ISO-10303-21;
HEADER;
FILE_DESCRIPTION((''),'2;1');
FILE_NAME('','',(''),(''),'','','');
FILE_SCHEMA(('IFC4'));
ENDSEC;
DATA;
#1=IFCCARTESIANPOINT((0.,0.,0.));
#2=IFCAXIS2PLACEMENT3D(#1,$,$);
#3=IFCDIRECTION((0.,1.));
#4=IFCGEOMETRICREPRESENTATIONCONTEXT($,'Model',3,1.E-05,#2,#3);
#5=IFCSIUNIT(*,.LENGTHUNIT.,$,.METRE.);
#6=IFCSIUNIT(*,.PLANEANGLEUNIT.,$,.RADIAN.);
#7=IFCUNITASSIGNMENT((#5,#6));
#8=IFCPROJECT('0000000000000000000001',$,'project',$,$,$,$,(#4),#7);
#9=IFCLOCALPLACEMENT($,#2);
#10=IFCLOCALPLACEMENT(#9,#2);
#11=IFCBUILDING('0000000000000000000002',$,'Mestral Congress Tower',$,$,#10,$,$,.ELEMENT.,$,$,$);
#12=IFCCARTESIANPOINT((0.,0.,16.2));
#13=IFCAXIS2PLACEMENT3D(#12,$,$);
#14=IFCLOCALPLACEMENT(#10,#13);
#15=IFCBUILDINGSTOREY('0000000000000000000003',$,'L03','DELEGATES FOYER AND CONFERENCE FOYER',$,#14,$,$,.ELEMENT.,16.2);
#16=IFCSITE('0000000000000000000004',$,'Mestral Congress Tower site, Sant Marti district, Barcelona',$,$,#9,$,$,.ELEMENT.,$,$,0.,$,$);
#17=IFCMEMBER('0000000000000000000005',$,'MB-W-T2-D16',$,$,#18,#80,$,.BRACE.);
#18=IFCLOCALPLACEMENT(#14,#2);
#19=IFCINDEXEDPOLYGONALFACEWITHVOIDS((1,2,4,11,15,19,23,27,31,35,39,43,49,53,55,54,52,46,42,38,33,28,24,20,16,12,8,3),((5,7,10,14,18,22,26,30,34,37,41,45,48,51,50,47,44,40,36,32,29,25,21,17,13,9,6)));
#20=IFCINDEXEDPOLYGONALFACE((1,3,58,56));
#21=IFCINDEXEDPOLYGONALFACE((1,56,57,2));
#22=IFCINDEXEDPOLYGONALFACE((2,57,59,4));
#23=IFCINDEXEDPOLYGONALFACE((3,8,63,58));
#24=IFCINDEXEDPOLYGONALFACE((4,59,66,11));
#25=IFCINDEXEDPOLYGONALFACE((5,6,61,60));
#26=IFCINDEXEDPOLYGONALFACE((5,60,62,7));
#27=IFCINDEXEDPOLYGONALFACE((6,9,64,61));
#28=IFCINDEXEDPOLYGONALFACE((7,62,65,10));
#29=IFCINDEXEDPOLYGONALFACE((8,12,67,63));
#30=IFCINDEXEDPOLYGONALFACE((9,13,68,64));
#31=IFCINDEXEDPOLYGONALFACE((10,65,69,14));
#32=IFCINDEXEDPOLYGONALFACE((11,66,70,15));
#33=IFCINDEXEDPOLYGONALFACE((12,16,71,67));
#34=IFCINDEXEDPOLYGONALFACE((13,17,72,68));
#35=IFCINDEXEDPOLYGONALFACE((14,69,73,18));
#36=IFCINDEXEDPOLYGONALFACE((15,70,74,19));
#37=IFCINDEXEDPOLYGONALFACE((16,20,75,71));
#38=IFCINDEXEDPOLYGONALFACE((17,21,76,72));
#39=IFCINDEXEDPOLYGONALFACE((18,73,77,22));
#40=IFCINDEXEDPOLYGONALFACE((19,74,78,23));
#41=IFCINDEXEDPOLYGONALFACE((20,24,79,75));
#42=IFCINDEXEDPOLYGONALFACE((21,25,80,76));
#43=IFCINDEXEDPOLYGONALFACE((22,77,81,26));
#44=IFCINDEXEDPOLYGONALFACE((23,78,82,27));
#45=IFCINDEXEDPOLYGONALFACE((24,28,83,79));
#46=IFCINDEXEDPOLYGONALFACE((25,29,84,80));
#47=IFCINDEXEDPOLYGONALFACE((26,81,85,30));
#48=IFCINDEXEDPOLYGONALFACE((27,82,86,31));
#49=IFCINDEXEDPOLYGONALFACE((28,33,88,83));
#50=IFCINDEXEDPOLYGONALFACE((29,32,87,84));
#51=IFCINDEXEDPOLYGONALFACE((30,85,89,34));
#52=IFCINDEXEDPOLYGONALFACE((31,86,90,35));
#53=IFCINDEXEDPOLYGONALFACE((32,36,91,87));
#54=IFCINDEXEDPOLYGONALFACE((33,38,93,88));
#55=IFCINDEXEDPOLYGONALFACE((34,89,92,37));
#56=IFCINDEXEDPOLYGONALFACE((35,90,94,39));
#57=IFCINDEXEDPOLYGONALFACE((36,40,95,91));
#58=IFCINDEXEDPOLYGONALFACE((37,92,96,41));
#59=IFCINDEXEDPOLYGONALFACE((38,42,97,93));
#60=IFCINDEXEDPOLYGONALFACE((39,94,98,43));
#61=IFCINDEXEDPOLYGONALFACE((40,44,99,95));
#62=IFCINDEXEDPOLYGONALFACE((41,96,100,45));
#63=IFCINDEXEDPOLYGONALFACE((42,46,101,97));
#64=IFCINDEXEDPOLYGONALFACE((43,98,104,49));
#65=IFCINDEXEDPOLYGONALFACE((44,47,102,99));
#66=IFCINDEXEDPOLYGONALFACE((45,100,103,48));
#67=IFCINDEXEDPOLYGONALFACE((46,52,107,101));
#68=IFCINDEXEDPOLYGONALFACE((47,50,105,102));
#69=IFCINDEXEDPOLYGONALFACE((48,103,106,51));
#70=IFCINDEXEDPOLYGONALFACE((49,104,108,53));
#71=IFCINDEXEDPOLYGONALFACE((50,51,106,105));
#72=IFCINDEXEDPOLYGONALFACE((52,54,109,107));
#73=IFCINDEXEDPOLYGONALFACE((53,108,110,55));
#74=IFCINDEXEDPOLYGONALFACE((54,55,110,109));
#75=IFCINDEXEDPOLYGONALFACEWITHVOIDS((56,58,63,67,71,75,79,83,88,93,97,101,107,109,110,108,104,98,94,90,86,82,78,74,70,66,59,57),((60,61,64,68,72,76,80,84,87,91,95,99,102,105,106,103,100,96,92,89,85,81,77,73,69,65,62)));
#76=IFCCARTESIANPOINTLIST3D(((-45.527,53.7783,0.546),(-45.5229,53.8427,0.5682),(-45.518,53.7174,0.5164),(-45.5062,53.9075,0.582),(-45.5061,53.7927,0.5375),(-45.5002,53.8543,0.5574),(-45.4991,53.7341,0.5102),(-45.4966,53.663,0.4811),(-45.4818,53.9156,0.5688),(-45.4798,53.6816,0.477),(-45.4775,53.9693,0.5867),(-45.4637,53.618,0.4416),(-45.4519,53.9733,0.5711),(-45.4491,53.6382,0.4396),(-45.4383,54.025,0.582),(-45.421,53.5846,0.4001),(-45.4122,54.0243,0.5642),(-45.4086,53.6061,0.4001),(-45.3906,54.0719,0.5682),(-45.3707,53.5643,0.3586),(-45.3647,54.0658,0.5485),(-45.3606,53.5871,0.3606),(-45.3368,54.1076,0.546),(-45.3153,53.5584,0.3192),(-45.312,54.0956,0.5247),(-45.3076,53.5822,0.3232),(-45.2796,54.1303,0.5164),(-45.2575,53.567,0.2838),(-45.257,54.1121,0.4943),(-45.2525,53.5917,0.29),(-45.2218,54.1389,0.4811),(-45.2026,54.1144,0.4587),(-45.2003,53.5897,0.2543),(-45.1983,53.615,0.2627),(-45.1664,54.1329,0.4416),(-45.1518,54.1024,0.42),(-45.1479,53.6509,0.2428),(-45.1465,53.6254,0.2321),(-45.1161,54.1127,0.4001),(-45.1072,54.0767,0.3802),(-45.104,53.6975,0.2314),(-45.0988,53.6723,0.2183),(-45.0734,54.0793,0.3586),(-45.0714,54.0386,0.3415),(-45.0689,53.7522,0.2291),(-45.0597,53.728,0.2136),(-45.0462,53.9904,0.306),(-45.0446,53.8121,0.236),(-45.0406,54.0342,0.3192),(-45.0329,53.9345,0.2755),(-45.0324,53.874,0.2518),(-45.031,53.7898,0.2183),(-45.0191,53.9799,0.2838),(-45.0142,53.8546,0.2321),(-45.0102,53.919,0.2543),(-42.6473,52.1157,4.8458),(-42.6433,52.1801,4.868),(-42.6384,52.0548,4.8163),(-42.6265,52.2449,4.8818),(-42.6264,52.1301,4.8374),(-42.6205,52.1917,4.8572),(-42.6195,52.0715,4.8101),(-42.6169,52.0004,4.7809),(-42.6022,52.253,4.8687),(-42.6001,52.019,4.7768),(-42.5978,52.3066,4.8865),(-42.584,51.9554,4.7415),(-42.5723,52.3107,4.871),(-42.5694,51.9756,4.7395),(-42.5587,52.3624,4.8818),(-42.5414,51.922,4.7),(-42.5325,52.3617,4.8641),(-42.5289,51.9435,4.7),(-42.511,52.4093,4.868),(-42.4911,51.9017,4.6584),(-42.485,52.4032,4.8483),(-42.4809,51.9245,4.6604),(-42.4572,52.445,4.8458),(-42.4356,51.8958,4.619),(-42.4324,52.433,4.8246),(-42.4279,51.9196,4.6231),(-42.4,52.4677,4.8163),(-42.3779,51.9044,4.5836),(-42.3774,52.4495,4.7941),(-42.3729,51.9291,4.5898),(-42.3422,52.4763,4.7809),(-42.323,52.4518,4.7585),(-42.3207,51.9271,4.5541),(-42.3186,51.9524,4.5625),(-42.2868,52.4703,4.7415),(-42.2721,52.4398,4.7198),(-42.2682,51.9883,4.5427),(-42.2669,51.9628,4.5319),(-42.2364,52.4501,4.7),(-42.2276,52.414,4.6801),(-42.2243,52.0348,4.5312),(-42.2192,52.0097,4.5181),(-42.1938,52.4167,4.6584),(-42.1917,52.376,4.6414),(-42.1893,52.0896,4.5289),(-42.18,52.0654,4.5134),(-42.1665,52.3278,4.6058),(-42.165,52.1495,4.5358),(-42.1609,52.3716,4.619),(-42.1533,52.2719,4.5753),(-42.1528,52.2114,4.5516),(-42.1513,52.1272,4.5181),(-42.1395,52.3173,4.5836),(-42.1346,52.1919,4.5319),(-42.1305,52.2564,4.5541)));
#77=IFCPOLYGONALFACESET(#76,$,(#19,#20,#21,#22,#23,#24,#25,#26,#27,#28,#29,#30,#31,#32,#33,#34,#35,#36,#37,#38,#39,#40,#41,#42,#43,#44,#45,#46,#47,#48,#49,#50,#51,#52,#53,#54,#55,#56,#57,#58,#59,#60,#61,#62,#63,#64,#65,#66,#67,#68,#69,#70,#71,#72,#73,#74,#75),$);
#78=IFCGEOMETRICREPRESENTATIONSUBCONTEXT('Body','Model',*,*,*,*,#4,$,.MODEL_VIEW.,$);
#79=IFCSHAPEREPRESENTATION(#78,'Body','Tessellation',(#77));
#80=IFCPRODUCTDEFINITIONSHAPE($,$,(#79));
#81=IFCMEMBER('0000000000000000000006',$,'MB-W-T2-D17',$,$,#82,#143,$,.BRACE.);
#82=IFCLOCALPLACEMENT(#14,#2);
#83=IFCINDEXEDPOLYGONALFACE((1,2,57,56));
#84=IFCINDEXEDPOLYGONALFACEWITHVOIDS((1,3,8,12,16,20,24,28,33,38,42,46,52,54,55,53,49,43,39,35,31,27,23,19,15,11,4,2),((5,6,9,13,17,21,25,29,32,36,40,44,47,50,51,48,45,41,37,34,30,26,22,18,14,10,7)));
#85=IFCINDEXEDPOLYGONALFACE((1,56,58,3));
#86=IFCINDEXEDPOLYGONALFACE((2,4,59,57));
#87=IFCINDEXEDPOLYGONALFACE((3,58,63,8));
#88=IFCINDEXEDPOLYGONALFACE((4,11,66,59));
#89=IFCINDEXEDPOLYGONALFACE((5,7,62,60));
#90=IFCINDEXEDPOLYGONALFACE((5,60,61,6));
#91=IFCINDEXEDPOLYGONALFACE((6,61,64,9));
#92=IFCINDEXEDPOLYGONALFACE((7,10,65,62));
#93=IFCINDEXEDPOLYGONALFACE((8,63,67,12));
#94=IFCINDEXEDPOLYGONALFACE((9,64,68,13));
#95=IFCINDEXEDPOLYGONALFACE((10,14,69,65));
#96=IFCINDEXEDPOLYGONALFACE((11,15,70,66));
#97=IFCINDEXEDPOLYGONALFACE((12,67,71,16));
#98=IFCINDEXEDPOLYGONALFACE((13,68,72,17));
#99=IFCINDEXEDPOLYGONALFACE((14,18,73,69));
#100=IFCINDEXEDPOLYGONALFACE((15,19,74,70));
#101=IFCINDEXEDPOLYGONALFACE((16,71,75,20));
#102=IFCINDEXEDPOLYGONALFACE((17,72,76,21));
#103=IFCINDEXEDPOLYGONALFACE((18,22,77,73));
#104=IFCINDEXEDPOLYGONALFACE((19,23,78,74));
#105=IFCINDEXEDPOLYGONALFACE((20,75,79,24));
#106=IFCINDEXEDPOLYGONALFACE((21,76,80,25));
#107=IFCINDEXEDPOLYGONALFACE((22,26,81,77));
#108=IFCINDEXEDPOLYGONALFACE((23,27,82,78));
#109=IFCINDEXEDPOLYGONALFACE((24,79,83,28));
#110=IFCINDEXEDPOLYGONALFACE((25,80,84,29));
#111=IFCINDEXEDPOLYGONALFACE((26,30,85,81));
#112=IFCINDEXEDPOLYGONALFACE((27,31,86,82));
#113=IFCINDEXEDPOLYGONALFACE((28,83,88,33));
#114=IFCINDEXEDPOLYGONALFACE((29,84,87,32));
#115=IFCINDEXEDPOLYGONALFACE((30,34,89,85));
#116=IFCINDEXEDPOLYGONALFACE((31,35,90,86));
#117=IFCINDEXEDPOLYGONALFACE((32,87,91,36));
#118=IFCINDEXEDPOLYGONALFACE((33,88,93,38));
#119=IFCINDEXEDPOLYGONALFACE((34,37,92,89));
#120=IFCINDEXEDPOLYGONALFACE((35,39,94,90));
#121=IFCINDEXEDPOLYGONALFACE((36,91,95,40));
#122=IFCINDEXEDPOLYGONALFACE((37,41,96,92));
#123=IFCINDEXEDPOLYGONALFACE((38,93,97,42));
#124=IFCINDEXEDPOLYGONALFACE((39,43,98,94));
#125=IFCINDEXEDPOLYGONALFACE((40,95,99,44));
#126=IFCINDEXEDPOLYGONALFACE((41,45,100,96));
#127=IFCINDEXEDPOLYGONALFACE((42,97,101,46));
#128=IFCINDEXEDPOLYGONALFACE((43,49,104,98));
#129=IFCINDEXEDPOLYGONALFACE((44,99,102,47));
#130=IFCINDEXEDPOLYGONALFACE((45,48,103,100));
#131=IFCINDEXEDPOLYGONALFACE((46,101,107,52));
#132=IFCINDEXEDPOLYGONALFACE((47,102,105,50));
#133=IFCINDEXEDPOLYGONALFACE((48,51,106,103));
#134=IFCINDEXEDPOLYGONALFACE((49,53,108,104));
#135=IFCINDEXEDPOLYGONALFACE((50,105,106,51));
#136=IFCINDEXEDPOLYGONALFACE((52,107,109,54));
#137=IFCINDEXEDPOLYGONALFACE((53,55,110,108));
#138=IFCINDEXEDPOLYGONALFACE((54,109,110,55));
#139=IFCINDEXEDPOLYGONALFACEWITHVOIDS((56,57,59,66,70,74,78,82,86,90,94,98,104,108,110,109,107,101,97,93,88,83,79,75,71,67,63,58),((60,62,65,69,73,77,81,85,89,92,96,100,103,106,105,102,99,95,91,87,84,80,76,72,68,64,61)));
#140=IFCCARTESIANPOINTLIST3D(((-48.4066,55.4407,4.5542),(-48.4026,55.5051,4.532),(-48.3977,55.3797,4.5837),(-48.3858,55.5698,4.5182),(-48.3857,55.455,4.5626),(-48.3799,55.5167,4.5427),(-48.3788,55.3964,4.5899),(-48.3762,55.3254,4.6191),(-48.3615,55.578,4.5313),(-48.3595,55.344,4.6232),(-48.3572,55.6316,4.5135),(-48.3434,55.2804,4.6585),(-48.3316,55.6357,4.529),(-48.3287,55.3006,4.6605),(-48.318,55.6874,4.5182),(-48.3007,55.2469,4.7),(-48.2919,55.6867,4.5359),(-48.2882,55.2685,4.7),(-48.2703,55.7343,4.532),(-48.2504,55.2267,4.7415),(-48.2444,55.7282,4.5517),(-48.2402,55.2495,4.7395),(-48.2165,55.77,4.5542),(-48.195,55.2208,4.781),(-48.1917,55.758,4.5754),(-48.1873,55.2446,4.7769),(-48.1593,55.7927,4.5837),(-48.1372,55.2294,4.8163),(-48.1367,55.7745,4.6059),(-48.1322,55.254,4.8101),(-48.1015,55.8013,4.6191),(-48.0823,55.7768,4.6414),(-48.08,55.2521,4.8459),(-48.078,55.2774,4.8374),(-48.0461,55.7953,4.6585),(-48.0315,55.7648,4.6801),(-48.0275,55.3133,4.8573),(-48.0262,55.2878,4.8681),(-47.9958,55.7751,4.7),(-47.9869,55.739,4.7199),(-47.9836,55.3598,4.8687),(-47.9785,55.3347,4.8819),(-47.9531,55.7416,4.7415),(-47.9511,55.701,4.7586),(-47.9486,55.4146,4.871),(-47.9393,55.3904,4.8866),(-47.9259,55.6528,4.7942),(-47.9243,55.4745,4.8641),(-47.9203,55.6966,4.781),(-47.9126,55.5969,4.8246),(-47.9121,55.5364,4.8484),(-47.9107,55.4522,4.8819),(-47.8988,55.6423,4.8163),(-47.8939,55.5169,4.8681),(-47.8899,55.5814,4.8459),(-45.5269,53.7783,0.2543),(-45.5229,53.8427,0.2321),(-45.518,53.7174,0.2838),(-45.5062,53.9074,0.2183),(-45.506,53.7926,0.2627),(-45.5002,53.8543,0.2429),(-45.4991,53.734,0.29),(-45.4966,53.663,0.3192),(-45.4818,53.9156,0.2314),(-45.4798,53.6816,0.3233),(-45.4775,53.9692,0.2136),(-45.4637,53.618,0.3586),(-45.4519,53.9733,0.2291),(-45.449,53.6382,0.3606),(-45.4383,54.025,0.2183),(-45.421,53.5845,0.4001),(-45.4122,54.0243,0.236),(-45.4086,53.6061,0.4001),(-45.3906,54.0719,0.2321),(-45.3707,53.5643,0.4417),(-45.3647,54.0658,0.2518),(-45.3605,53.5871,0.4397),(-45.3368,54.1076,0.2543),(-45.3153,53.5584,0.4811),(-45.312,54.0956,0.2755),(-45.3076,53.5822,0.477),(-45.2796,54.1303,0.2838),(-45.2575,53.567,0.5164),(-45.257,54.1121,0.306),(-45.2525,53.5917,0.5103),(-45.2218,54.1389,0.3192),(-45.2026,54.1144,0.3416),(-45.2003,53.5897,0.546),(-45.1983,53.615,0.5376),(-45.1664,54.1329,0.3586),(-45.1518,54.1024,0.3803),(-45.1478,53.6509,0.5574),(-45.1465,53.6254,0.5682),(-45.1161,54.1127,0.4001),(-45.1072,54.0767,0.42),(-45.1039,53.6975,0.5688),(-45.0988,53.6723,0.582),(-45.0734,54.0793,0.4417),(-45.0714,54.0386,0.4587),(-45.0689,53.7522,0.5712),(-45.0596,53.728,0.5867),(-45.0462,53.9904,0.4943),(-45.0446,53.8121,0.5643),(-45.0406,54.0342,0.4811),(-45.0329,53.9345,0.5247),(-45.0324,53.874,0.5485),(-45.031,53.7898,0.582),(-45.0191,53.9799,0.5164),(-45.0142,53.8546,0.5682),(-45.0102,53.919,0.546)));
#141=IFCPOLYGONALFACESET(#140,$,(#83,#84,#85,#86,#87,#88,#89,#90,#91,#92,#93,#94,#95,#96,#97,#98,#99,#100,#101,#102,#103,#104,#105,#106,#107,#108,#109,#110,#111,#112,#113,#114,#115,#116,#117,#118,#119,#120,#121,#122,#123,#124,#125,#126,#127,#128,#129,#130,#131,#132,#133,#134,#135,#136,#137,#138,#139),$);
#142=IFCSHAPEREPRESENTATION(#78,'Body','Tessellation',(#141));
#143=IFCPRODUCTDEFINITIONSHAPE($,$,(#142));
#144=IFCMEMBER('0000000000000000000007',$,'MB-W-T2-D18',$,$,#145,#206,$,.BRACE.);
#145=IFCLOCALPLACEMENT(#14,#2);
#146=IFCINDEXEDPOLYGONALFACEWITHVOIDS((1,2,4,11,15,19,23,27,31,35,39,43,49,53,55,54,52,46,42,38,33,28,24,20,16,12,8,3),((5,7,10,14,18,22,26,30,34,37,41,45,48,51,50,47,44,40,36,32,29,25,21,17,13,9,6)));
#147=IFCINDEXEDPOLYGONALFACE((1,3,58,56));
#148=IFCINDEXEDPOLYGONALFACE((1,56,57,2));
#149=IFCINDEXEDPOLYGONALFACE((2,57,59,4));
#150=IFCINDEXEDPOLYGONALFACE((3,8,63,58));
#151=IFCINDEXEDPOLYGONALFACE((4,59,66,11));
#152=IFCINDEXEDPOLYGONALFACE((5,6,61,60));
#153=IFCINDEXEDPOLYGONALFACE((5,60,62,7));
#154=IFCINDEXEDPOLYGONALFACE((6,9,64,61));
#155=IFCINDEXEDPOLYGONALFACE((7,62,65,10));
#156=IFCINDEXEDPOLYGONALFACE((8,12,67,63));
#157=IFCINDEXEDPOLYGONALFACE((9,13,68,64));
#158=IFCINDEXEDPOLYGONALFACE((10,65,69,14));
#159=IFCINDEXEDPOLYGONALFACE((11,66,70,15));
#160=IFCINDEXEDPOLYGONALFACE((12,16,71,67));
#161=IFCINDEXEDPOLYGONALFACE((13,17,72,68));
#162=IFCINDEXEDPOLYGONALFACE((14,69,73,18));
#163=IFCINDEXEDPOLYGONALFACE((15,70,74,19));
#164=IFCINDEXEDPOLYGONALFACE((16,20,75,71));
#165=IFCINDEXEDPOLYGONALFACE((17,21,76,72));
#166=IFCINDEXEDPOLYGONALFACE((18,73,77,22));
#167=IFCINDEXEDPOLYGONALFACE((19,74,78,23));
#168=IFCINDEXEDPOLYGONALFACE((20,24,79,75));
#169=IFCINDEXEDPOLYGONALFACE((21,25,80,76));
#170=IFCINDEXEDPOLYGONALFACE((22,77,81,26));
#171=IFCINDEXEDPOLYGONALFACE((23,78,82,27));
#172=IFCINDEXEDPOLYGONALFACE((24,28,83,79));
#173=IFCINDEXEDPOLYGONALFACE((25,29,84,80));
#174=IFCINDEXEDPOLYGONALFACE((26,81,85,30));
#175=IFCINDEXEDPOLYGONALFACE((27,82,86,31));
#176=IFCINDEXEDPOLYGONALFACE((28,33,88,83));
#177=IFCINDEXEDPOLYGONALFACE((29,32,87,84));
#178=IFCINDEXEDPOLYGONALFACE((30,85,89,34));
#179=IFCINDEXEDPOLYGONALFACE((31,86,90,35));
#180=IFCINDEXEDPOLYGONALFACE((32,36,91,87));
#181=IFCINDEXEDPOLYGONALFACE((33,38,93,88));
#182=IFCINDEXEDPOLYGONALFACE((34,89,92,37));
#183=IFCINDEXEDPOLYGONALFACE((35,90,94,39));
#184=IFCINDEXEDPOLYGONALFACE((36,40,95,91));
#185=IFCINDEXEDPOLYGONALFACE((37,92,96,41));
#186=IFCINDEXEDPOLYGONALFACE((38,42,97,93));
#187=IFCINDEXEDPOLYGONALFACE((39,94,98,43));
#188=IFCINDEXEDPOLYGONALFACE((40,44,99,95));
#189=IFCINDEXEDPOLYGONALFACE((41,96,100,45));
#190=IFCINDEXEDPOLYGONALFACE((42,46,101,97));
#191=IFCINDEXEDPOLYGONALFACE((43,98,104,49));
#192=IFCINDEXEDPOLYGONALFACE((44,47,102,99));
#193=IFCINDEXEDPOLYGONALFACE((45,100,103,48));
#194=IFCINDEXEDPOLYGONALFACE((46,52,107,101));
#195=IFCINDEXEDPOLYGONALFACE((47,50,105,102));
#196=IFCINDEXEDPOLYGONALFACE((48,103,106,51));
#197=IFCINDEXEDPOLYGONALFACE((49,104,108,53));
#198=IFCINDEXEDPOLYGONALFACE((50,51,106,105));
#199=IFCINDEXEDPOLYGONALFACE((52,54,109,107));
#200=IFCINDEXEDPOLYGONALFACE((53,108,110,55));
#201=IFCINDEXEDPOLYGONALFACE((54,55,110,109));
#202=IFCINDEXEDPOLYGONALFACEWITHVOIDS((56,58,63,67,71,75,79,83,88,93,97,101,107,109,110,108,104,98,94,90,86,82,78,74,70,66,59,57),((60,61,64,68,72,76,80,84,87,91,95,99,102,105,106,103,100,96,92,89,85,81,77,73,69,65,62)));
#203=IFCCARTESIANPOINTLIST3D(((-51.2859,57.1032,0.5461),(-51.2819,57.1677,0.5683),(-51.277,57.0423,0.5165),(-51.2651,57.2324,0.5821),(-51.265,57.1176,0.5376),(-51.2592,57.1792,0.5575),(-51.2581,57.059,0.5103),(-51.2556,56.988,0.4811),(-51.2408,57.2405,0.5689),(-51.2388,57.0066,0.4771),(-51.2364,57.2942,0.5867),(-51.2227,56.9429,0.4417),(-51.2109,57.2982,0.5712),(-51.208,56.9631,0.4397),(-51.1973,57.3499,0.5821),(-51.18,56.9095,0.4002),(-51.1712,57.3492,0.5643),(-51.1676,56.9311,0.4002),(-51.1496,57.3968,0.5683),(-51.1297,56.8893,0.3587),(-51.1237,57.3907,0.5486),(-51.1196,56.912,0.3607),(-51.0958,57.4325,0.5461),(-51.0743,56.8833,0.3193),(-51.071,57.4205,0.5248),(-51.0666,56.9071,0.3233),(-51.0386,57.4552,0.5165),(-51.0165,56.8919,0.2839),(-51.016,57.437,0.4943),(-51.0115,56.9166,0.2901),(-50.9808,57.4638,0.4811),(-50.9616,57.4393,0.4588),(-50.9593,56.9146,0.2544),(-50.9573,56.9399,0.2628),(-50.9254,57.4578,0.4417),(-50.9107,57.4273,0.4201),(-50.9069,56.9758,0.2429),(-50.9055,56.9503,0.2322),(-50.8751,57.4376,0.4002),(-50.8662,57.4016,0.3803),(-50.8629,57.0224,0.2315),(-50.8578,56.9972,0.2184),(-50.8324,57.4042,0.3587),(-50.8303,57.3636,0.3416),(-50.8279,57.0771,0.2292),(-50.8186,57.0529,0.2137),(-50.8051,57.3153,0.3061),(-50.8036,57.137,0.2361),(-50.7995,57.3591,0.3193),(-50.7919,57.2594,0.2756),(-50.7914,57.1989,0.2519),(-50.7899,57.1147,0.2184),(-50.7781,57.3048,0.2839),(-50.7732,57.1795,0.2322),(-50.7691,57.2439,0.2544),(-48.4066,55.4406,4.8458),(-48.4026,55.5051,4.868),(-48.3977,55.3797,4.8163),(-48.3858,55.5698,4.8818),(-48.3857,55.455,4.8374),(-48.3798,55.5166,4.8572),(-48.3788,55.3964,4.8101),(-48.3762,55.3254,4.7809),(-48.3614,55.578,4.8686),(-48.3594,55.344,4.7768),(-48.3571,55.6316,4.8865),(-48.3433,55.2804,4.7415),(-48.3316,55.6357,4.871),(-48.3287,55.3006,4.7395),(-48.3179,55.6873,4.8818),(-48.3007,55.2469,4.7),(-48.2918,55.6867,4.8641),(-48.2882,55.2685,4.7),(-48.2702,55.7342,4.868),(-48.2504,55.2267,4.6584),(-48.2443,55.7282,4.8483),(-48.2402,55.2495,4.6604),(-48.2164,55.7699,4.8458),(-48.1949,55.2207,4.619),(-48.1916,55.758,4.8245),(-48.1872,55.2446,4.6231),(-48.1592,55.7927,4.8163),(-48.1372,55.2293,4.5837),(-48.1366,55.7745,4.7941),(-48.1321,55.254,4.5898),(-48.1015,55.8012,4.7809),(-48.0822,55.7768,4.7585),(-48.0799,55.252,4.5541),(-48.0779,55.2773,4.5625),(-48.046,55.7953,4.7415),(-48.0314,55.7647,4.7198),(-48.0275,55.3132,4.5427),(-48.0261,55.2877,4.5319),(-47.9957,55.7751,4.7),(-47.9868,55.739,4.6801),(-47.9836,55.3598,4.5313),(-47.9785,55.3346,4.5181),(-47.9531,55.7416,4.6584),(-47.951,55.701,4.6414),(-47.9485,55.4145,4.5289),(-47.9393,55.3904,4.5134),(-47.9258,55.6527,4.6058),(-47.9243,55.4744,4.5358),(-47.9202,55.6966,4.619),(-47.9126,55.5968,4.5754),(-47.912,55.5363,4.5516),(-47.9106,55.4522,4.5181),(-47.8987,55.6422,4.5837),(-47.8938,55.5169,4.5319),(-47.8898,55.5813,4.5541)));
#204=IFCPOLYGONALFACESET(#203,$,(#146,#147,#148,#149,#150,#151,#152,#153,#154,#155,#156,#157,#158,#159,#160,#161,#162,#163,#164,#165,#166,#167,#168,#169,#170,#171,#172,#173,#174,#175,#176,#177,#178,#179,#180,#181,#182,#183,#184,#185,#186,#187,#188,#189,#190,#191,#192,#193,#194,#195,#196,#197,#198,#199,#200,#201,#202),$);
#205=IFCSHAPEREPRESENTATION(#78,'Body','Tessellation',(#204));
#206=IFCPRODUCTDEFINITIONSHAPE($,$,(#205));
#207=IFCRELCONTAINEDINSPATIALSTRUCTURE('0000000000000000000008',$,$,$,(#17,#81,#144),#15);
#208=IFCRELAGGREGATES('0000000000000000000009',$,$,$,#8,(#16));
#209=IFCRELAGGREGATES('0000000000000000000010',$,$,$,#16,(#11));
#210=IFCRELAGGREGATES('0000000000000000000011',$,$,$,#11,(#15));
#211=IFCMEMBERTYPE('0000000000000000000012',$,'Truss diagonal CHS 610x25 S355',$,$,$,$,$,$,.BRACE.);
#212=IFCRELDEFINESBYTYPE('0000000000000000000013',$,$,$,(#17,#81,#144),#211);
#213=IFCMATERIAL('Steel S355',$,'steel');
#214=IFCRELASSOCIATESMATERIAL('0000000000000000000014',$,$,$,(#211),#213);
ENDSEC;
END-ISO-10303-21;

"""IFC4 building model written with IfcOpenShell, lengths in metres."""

from ifc_helpers import new_model, si_unit, direction, frame, origin, origin_2d, place, context, subcontext, project, spatial, hollow_circle, extrude, material, material_profile, profile_set, type_object, element, save


model = new_model("IFC4")

# Units and contexts
model_context = context("Model", 3, precision=1e-05, world=origin(), true_north=direction((0.0, 1.0)))
body_context = subcontext(model_context, "Body", "Model", "MODEL_VIEW")
ifc_project = project(units=[si_unit("LENGTHUNIT", "METRE"), si_unit("PLANEANGLEUNIT", "RADIAN")], contexts=[model_context])

# Site, building, storey
site_placement = place(None, origin())
site = spatial("IfcSite", under=ifc_project, at=site_placement, Name="Mestral Congress Tower site, Sant Marti district, Barcelona", CompositionType="ELEMENT", RefElevation=0.0)
building_placement = place(site_placement, origin())
building = spatial("IfcBuilding", under=site, at=building_placement, Name="Mestral Congress Tower", CompositionType="ELEMENT")
storey_placement = place(building_placement, frame((0.0, 0.0, 16.2)))
storey = spatial("IfcBuildingStorey", under=building, at=storey_placement, Name="L03", Description="DELEGATES FOYER AND CONFERENCE FOYER", CompositionType="ELEMENT", Elevation=16.2)

# Shared definitions
ifc_material_1 = material(Name="Steel S355", Category="steel")

# Members
ifc_material_profile_1 = material_profile(ifc_material_1, hollow_circle(Radius=0.3049, WallThickness=0.0249, at=origin_2d()), Name="CHS 610x25")
ifc_profile_set_1 = profile_set([ifc_material_profile_1], Name="Steel S355")
member_type_1 = type_object("IfcMemberType", Name="Truss diagonal CHS 610x25 S355", PredefinedType="BRACE", material=ifc_profile_set_1)
for number, where, z_axis, x_axis, name in (
    (1, (-42.3889, 52.186, 4.7), (-0.529782, 0.305877, -0.791057), (-0.500008, -0.866021, 0.0), "MB-W-T2-D16"),
    (2, (-45.2686, 53.8486, 0.4001), (-0.529789, 0.305836, 0.791068), (-0.499953, -0.866052, 0.0), "MB-W-T2-D17"),
):
    element("IfcMember", number, at=place(storey_placement, frame(where, z_axis=z_axis, x_axis=x_axis)), inside=storey, type_object=member_type_1, Name=name, PredefinedType="BRACE", context=body_context, shape_type="SweptSolid", body=[
        extrude(hollow_circle(Radius=0.3049, WallThickness=0.0249, at=origin_2d()), origin(), (0.0, 0.0, 1.0), 5.4355),
    ])
for number, where, z_axis, x_axis, name in (
    (3, (-48.1482, 55.511, 4.7), (-0.529749, 0.305884, -0.791076), (-0.50004, -0.866002, 0.0), "MB-W-T2-D18"),
):
    element("IfcMember", number, at=place(storey_placement, frame(where, z_axis=z_axis, x_axis=x_axis)), inside=storey, type_object=member_type_1, Name=name, PredefinedType="BRACE", context=body_context, shape_type="SweptSolid", body=[
        extrude(hollow_circle(Radius=0.3049, WallThickness=0.0249, at=origin_2d()), origin(), (0.0, 0.0, 1.0), 5.4353),
    ])

save(model, "model.ifc")
